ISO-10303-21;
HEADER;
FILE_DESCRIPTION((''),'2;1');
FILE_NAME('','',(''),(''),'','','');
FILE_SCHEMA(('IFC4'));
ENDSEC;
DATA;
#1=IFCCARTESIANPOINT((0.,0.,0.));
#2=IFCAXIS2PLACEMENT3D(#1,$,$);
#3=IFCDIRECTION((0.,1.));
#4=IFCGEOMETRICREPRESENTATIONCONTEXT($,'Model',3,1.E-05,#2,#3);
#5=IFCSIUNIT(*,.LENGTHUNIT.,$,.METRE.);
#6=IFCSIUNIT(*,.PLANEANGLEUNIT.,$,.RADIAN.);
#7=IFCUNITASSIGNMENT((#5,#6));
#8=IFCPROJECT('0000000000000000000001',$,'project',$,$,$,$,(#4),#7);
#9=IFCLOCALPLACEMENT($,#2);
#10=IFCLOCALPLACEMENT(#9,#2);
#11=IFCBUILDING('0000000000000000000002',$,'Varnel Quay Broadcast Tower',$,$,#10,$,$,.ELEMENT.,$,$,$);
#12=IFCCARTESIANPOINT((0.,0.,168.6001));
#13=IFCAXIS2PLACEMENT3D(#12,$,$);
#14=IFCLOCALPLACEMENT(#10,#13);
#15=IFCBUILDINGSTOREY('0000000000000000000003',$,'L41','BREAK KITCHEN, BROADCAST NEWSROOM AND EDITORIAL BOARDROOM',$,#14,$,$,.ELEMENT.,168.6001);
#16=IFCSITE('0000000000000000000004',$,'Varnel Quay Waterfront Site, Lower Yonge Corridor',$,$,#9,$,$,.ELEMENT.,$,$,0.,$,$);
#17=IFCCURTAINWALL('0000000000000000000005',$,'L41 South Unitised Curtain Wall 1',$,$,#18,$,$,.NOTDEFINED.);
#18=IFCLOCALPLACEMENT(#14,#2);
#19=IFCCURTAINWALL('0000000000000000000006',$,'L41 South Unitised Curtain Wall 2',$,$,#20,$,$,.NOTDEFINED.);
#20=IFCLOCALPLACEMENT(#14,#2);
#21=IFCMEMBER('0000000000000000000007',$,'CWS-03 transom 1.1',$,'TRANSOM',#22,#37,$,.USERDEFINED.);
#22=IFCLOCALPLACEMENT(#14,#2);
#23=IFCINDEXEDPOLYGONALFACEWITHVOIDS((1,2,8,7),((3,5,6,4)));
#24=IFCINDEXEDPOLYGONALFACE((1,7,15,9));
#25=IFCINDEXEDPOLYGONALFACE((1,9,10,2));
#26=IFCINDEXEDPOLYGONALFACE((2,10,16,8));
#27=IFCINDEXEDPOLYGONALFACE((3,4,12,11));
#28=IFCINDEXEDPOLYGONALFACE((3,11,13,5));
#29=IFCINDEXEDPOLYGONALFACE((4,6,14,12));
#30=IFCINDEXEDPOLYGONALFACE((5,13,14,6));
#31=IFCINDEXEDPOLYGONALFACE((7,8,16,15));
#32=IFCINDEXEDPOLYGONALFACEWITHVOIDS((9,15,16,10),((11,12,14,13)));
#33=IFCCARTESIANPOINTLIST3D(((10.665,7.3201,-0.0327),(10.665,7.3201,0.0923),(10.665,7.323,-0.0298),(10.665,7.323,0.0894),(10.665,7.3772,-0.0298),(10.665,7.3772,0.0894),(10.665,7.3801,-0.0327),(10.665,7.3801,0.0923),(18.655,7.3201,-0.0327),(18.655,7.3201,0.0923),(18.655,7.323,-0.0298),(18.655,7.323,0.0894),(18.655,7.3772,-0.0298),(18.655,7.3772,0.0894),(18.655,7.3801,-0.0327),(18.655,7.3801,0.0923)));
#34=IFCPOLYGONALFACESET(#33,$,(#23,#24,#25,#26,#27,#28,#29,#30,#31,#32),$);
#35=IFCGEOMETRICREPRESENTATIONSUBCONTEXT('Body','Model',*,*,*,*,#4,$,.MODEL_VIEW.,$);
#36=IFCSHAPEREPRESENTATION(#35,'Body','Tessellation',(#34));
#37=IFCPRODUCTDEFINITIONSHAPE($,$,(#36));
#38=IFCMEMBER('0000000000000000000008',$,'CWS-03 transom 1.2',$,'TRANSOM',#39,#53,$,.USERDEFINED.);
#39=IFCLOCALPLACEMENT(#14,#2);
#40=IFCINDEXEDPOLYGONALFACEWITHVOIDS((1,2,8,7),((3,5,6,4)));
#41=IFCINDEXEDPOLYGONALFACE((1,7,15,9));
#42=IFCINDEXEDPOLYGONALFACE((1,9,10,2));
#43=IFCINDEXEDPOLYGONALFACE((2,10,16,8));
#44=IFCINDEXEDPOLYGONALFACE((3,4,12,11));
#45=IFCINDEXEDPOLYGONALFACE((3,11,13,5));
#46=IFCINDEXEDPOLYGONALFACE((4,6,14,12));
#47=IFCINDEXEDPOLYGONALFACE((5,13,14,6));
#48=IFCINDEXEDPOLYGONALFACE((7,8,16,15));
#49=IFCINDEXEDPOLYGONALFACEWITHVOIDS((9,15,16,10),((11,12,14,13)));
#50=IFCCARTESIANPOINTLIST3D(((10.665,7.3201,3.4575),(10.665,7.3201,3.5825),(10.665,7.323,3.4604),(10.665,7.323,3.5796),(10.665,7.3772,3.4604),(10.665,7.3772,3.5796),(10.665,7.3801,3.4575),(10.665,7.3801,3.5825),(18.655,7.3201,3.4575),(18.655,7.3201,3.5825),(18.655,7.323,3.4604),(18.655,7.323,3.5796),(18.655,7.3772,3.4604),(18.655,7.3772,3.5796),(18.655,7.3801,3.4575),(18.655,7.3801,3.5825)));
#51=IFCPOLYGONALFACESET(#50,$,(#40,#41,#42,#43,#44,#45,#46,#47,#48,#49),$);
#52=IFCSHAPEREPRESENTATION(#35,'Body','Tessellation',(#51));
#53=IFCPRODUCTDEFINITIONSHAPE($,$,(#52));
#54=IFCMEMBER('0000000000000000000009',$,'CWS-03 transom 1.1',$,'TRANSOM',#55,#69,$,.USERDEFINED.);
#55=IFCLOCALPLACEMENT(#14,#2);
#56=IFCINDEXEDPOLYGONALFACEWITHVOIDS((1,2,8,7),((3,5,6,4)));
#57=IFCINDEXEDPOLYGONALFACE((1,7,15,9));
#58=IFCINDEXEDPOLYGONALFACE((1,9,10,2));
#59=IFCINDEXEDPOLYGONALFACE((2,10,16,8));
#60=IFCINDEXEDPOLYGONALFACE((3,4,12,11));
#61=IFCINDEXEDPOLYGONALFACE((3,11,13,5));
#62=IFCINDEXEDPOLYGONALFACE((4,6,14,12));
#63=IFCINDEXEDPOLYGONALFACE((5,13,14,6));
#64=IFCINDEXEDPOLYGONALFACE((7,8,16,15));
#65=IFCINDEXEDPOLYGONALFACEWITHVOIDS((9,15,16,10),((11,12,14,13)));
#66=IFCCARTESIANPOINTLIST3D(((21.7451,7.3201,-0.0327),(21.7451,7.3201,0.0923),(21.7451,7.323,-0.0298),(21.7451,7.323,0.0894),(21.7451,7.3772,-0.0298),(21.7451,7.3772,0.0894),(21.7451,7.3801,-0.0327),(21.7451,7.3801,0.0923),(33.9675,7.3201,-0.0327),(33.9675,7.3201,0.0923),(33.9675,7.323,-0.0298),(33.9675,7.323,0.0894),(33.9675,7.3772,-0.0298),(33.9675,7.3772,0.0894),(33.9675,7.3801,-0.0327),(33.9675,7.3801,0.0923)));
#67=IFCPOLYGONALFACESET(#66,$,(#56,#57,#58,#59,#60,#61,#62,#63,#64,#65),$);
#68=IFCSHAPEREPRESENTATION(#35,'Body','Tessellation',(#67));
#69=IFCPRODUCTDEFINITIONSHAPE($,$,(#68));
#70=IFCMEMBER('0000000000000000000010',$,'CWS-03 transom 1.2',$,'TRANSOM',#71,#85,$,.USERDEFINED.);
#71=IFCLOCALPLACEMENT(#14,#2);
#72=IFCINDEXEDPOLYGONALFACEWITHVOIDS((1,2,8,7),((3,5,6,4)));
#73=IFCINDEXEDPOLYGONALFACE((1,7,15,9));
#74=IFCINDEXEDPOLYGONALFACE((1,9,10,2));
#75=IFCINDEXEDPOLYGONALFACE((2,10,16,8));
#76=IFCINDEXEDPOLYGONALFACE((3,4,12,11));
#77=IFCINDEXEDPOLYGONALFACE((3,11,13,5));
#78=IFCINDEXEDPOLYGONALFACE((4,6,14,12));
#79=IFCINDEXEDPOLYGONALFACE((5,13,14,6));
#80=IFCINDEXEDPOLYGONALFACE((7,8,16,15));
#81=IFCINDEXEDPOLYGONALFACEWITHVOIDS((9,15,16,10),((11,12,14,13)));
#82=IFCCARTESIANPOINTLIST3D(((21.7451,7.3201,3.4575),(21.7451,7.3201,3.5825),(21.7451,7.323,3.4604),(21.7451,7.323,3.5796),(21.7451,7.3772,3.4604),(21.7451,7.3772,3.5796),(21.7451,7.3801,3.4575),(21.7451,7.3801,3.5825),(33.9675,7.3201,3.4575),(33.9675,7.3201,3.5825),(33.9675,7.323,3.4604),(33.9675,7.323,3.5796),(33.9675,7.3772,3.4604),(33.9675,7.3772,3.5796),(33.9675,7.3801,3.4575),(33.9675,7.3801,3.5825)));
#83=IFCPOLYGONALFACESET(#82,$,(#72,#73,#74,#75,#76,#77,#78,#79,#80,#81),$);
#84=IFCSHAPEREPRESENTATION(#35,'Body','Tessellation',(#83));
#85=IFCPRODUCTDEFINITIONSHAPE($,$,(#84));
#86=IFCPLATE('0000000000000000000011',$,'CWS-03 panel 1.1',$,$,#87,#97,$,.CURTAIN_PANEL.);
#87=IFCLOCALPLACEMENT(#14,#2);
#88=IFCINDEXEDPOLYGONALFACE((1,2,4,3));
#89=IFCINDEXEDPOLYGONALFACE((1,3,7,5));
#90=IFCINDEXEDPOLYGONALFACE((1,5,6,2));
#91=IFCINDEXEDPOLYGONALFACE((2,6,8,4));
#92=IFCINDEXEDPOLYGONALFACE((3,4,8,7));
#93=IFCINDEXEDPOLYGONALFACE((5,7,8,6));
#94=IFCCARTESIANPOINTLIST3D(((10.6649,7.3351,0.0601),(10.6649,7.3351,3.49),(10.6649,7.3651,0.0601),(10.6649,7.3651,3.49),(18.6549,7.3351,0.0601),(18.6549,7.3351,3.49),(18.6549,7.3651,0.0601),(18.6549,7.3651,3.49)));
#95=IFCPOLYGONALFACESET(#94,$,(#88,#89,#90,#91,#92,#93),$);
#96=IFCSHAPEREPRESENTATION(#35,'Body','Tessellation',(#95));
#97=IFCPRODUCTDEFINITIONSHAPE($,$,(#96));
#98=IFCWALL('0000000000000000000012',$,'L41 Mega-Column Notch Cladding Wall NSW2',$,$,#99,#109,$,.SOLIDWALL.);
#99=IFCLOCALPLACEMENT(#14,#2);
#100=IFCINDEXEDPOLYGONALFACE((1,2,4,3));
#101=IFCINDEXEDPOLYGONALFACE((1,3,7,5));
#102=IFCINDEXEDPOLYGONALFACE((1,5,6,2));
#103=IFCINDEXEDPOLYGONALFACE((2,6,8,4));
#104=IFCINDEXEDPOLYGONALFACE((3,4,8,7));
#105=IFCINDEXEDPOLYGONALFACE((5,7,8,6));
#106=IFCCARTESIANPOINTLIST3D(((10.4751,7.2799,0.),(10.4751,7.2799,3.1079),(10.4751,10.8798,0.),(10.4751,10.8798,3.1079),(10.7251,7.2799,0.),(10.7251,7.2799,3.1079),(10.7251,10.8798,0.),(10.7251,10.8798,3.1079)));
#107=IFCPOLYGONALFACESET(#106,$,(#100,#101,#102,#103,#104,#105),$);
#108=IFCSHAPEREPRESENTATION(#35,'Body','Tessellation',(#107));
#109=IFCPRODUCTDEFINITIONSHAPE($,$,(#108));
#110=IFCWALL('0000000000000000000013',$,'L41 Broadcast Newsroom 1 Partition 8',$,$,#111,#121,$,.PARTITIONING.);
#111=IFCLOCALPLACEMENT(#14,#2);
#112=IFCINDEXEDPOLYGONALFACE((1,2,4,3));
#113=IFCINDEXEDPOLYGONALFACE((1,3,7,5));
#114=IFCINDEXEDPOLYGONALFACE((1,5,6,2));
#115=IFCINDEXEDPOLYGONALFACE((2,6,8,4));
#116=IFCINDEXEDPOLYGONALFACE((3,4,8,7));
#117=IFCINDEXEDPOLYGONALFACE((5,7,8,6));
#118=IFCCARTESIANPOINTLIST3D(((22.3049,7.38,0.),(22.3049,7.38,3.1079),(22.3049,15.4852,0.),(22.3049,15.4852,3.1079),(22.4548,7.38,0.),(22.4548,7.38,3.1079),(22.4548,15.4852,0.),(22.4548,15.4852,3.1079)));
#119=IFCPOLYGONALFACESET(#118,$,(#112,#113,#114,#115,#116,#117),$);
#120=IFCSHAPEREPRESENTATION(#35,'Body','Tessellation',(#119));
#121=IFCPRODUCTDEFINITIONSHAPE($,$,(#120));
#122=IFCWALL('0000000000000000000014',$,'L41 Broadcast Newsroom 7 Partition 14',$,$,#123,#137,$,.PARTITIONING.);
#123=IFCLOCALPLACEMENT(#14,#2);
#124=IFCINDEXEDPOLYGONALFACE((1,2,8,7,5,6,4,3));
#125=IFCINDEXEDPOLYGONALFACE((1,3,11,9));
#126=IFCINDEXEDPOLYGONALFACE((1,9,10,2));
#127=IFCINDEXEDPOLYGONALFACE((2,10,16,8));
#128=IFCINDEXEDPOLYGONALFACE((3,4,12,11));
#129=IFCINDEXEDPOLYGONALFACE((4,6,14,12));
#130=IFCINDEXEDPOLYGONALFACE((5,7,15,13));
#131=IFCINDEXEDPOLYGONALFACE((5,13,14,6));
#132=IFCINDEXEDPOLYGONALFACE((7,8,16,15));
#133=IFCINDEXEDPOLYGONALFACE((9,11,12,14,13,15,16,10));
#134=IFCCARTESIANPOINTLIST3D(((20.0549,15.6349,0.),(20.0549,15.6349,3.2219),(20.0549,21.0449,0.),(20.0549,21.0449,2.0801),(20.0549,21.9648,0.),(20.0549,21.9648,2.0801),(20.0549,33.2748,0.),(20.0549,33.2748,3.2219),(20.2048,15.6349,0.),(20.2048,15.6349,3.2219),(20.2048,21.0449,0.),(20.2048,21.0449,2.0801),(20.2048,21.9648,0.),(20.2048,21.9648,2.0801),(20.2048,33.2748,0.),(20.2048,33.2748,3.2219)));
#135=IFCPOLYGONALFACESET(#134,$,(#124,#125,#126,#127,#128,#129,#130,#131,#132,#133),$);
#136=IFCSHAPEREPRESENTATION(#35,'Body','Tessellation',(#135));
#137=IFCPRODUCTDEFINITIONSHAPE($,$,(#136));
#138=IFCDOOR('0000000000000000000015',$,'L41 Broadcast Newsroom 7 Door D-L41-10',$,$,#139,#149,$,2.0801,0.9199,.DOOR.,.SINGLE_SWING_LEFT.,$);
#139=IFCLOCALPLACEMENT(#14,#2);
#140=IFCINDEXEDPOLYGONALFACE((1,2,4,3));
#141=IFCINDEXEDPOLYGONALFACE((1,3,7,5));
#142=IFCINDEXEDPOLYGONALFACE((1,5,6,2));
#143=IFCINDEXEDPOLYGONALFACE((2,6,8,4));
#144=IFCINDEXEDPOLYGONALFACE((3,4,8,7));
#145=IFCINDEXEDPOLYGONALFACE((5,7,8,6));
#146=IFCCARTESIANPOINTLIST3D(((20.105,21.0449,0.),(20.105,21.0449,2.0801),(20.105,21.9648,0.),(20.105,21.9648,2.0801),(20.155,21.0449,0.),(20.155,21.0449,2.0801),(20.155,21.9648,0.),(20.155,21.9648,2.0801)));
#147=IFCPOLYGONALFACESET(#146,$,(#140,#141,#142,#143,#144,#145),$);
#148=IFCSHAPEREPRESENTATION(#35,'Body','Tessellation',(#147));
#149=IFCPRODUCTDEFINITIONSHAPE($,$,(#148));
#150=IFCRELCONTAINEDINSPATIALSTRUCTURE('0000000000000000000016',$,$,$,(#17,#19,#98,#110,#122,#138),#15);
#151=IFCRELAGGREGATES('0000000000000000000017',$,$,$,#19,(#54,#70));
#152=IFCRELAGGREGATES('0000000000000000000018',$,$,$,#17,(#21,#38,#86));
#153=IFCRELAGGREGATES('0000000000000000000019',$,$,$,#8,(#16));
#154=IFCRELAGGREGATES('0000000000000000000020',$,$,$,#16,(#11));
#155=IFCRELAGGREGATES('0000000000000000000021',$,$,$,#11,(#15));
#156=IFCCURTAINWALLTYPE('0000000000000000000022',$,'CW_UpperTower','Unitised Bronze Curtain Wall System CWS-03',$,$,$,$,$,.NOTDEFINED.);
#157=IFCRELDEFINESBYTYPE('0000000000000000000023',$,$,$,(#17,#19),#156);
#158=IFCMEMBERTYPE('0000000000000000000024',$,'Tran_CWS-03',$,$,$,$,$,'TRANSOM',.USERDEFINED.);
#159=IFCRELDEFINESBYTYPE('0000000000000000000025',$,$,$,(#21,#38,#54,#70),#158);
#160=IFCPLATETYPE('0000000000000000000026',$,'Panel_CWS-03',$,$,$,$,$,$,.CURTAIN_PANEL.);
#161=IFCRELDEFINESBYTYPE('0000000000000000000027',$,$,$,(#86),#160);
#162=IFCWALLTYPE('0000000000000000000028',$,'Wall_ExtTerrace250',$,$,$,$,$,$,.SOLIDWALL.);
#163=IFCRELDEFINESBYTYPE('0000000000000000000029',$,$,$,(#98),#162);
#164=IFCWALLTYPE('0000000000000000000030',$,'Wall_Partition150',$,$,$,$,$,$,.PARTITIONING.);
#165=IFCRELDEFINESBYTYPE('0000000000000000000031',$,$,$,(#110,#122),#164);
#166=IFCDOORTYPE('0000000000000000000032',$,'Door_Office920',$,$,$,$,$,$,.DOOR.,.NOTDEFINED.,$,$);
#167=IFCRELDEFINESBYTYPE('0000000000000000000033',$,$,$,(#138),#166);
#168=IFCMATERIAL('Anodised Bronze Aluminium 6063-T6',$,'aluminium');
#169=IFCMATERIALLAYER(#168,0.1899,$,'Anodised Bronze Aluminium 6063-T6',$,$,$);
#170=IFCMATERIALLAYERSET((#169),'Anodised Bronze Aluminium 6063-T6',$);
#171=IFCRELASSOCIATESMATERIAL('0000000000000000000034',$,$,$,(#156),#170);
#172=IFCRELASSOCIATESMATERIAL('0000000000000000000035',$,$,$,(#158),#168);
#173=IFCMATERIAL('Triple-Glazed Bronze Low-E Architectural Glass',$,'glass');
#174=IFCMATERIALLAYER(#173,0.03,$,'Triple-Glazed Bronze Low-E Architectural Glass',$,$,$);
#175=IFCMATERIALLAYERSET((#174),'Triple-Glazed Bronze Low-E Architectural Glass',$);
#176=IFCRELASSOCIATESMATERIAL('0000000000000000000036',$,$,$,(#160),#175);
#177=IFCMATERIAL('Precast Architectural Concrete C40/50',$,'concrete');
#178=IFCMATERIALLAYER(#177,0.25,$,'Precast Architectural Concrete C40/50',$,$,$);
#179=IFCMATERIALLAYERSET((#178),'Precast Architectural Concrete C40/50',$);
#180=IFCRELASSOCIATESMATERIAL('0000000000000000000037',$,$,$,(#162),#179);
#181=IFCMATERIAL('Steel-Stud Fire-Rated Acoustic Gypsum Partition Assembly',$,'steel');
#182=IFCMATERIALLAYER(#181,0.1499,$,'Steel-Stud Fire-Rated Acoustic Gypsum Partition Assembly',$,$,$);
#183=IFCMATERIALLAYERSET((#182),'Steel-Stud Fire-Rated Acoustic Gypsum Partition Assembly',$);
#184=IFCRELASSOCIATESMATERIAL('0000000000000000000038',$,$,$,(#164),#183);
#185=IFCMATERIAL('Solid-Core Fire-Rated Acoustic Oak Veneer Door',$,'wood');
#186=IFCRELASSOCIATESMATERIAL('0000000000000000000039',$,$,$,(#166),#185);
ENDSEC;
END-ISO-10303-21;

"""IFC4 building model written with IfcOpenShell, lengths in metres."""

from ifc_helpers import new_model, si_unit, direction, frame, frame_2d, origin, origin_2d, place, context, subcontext, project, spatial, rectangle, hollow_rectangle, extrude, source, transform, mapped, material, layer, layer_set, material_profile, profile_set, type_object, type_shapes, element, fill, aggregate, save


model = new_model("IFC4")

# Units and contexts
model_context = context("Model", 3, precision=1e-05, world=origin(), true_north=direction((0.0, 1.0)))
body_context = subcontext(model_context, "Body", "Model", "MODEL_VIEW")
ifc_project = project(units=[si_unit("LENGTHUNIT", "METRE"), si_unit("PLANEANGLEUNIT", "RADIAN")], contexts=[model_context])

# Site, building, storey
site_placement = place(None, origin())
site = spatial("IfcSite", under=ifc_project, at=site_placement, Name="Varnel Quay Waterfront Site, Lower Yonge Corridor", CompositionType="ELEMENT", RefElevation=0.0)
building_placement = place(site_placement, origin())
building = spatial("IfcBuilding", under=site, at=building_placement, Name="Varnel Quay Broadcast Tower", CompositionType="ELEMENT")
storey_placement = place(building_placement, frame((0.0, 0.0, 168.6001)))
storey = spatial("IfcBuildingStorey", under=building, at=storey_placement, Name="L41", Description="BREAK KITCHEN, BROADCAST NEWSROOM AND EDITORIAL BOARDROOM", CompositionType="ELEMENT", Elevation=168.6001)

# Shared definitions
ifc_material_1 = material(Name="Anodised Bronze Aluminium 6063-T6", Category="aluminium")

# Curtain wall
ifc_layer_1 = layer(ifc_material_1, 0.1899, Name="Anodised Bronze Aluminium 6063-T6")
ifc_layer_set_1 = layer_set([ifc_layer_1], Name="Anodised Bronze Aluminium 6063-T6")
curtain_wall_type_1 = type_object("IfcCurtainWallType", Name="CW_UpperTower", Description="Unitised Bronze Curtain Wall System CWS-03", PredefinedType="NOTDEFINED", material=ifc_layer_set_1)
curtain_wall_1_placement = place(storey_placement, origin())
curtain_wall_1 = element("IfcCurtainWall", 1, at=curtain_wall_1_placement, inside=storey, type_object=curtain_wall_type_1, Name="L41 South Unitised Curtain Wall 1", PredefinedType="NOTDEFINED")

# Curtain wall
curtain_wall_2_placement = place(storey_placement, origin())
curtain_wall_2 = element("IfcCurtainWall", 2, at=curtain_wall_2_placement, inside=storey, type_object=curtain_wall_type_1, Name="L41 South Unitised Curtain Wall 2", PredefinedType="NOTDEFINED")

# Members
ifc_material_profile_1 = material_profile(ifc_material_1, hollow_rectangle(XDim=0.0601, YDim=0.125, WallThickness=0.0029, at=origin_2d()), Name="ALU60X125X3")
ifc_profile_set_1 = profile_set([ifc_material_profile_1], Name="Anodised Bronze Aluminium 6063-T6")
member_type_1 = type_object("IfcMemberType", Name="Tran_CWS-03", ElementType="TRANSOM", PredefinedType="USERDEFINED", material=ifc_profile_set_1)
shared_shape_1 = source(origin(), body_context, "Body", "SweptSolid", [
    extrude(hollow_rectangle(XDim=0.0601, YDim=0.125, WallThickness=0.0029, at=origin_2d()), origin(), (0.0, 0.0, 1.0), 7.99),
])
member_1_placement = place(storey_placement, frame((10.665, 7.3501, 0.0298), z_axis=(1.0, 0.0, 0.0), x_axis=(0.0, 1.0, 0.0)))
member_1 = element("IfcMember", 3, at=member_1_placement, type_object=member_type_1, Name="CWS-03 transom 1.1", ObjectType="TRANSOM", PredefinedType="USERDEFINED", context=body_context, shape_type="MappedRepresentation", body=[
    mapped(shared_shape_1, transform((0.0, 0.0, 0.0), x_axis=(1.0, 0.0, 0.0), y_axis=(0.0, 1.0, 0.0), z_axis=(0.0, 0.0, 1.0), scale=1.0)),
])
member_2_placement = place(storey_placement, frame((10.665, 7.3501, 3.52), z_axis=(1.0, 0.0, 0.0), x_axis=(0.0, 1.0, 0.0)))
member_2 = element("IfcMember", 4, at=member_2_placement, type_object=member_type_1, Name="CWS-03 transom 1.2", ObjectType="TRANSOM", PredefinedType="USERDEFINED", context=body_context, shape_type="MappedRepresentation", body=[
    mapped(shared_shape_1, transform((0.0, 0.0, 0.0), x_axis=(1.0, 0.0, 0.0), y_axis=(0.0, 1.0, 0.0), z_axis=(0.0, 0.0, 1.0), scale=1.0)),
])
shared_shape_2 = source(origin(), body_context, "Body", "SweptSolid", [
    extrude(hollow_rectangle(XDim=0.0601, YDim=0.125, WallThickness=0.0029, at=origin_2d()), origin(), (0.0, 0.0, 1.0), 12.2224),
])
type_shapes(member_type_1, [shared_shape_1, shared_shape_2])
member_3_placement = place(storey_placement, frame((21.7451, 7.3501, 0.0298), z_axis=(1.0, 0.0, 0.0), x_axis=(0.0, 1.0, 0.0)))
member_3 = element("IfcMember", 5, at=member_3_placement, type_object=member_type_1, Name="CWS-03 transom 1.1", ObjectType="TRANSOM", PredefinedType="USERDEFINED", context=body_context, shape_type="MappedRepresentation", body=[
    mapped(shared_shape_2, transform((0.0, 0.0, 0.0), x_axis=(1.0, 0.0, 0.0), y_axis=(0.0, 1.0, 0.0), z_axis=(0.0, 0.0, 1.0), scale=1.0)),
])
member_4_placement = place(storey_placement, frame((21.7451, 7.3501, 3.52), z_axis=(1.0, 0.0, 0.0), x_axis=(0.0, 1.0, 0.0)))
member_4 = element("IfcMember", 6, at=member_4_placement, type_object=member_type_1, Name="CWS-03 transom 1.2", ObjectType="TRANSOM", PredefinedType="USERDEFINED", context=body_context, shape_type="MappedRepresentation", body=[
    mapped(shared_shape_2, transform((0.0, 0.0, 0.0), x_axis=(1.0, 0.0, 0.0), y_axis=(0.0, 1.0, 0.0), z_axis=(0.0, 0.0, 1.0), scale=1.0)),
])
aggregate(curtain_wall_2, [member_3, member_4])

# Plate
ifc_material_2 = material(Name="Triple-Glazed Bronze Low-E Architectural Glass", Category="glass")
ifc_layer_2 = layer(ifc_material_2, 0.03, Name="Triple-Glazed Bronze Low-E Architectural Glass")
ifc_layer_set_2 = layer_set([ifc_layer_2], Name="Triple-Glazed Bronze Low-E Architectural Glass")
plate_type = type_object("IfcPlateType", Name="Panel_CWS-03", PredefinedType="CURTAIN_PANEL", material=ifc_layer_set_2)
shared_shape_3 = source(origin(), body_context, "Body", "SweptSolid", [
    extrude(rectangle(XDim=7.99, YDim=0.03, at=origin_2d()), origin(), (0.0, 0.0, 1.0), 3.4299),
])
type_shapes(plate_type, [shared_shape_3])
plate_placement = place(storey_placement, frame((14.6599, 7.3501, 0.0601), z_axis=(0.0, 0.0, 1.0), x_axis=(1.0, 0.0, 0.0)))
plate = element("IfcPlate", 7, at=plate_placement, type_object=plate_type, Name="CWS-03 panel 1.1", PredefinedType="CURTAIN_PANEL", context=body_context, shape_type="MappedRepresentation", body=[
    mapped(shared_shape_3, transform((0.0, 0.0, 0.0), x_axis=(1.0, 0.0, 0.0), y_axis=(0.0, 1.0, 0.0), z_axis=(0.0, 0.0, 1.0), scale=1.0)),
])
aggregate(curtain_wall_1, [member_1, member_2, plate])

# Shared definitions
ifc_material_3 = material(Name="Precast Architectural Concrete C40/50", Category="concrete")
ifc_layer_3 = layer(ifc_material_3, 0.25, Name="Precast Architectural Concrete C40/50")
ifc_layer_set_3 = layer_set([ifc_layer_3], Name="Precast Architectural Concrete C40/50")
wall_type_1 = type_object("IfcWallType", Name="Wall_ExtTerrace250", PredefinedType="SOLIDWALL", material=ifc_layer_set_3)

# Walls
wall_1_placement = place(storey_placement, frame((10.6001, 7.28, 0.0), z_axis=(0.0, 0.0, 1.0), x_axis=(0.0, 1.0, 0.0)))
element("IfcWall", 8, at=wall_1_placement, inside=storey, type_object=wall_type_1, Name="L41 Mega-Column Notch Cladding Wall NSW2", PredefinedType="SOLIDWALL", context=body_context, shape_type="SweptSolid", body=[
    extrude(rectangle(XDim=3.5999, YDim=0.25, at=frame_2d((1.7998, 0.0))), origin(), (0.0, 0.0, 1.0), 3.1079),
])
ifc_material_4 = material(Name="Steel-Stud Fire-Rated Acoustic Gypsum Partition Assembly", Category="steel")
ifc_layer_4 = layer(ifc_material_4, 0.1499, Name="Steel-Stud Fire-Rated Acoustic Gypsum Partition Assembly")
ifc_layer_set_4 = layer_set([ifc_layer_4], Name="Steel-Stud Fire-Rated Acoustic Gypsum Partition Assembly")
wall_type_2 = type_object("IfcWallType", Name="Wall_Partition150", PredefinedType="PARTITIONING", material=ifc_layer_set_4)
wall_2_placement = place(storey_placement, frame((22.3799, 7.3799, 0.0), z_axis=(0.0, 0.0, 1.0), x_axis=(0.0, 1.0, 0.0)))
element("IfcWall", 9, at=wall_2_placement, inside=storey, type_object=wall_type_2, Name="L41 Broadcast Newsroom 1 Partition 8", PredefinedType="PARTITIONING", context=body_context, shape_type="SweptSolid", body=[
    extrude(rectangle(XDim=8.1052, YDim=0.1499, at=frame_2d((4.0527, 0.0))), origin(), (0.0, 0.0, 1.0), 3.1079),
])

# Wall, opening, door
wall_3_placement = place(storey_placement, frame((20.1299, 15.635, 0.0), z_axis=(0.0, 0.0, 1.0), x_axis=(0.0, 1.0, 0.0)))
wall_3 = element("IfcWall", 10, at=wall_3_placement, inside=storey, type_object=wall_type_2, Name="L41 Broadcast Newsroom 7 Partition 14", PredefinedType="PARTITIONING", context=body_context, shape_type="SweptSolid", body=[
    extrude(rectangle(XDim=17.6399, YDim=0.1499, at=frame_2d((8.8198, 0.0))), origin(), (0.0, 0.0, 1.0), 3.2219),
])
opening_1_placement = place(wall_3_placement, frame((5.4099, 0.0, 0.0)))
opening_1 = element("IfcOpeningElement", 11, at=opening_1_placement, cuts=wall_3, PredefinedType="OPENING", context=body_context, shape_type="SweptSolid", body=[
    extrude(rectangle(XDim=0.9199, YDim=2.0801, at=frame_2d((0.46, 1.04))), frame((0.0, 0.085, 0.0), z_axis=(0.0, -1.0, 0.0), x_axis=(1.0, 0.0, 0.0)), (0.0, 0.0, 1.0), 0.1699),
])
ifc_material_5 = material(Name="Solid-Core Fire-Rated Acoustic Oak Veneer Door", Category="wood")
door_type_1 = type_object("IfcDoorType", Name="Door_Office920", OperationType="NOTDEFINED", PredefinedType="DOOR", material=ifc_material_5)
shared_shape_4 = source(origin(), body_context, "Body", "SweptSolid", [
    extrude(rectangle(XDim=0.9199, YDim=2.0801, at=frame_2d((0.46, 1.04))), frame((0.0, 0.0249, 0.0), z_axis=(0.0, -1.0, 0.0), x_axis=(1.0, 0.0, 0.0)), (0.0, 0.0, 1.0), 0.05),
])
type_shapes(door_type_1, [shared_shape_4])
door_1_placement = place(opening_1_placement, origin())
door_1 = element("IfcDoor", 12, at=door_1_placement, inside=storey, type_object=door_type_1, Name="L41 Broadcast Newsroom 7 Door D-L41-10", OperationType="SINGLE_SWING_LEFT", OverallHeight=2.0801, OverallWidth=0.9199, PredefinedType="DOOR", context=body_context, shape_type="MappedRepresentation", body=[
    mapped(shared_shape_4, transform((0.0, 0.0, 0.0), x_axis=(1.0, 0.0, 0.0), y_axis=(0.0, 1.0, 0.0), z_axis=(0.0, 0.0, 1.0), scale=1.0)),
])
fill(opening_1, door_1)

save(model, "model.ifc")
